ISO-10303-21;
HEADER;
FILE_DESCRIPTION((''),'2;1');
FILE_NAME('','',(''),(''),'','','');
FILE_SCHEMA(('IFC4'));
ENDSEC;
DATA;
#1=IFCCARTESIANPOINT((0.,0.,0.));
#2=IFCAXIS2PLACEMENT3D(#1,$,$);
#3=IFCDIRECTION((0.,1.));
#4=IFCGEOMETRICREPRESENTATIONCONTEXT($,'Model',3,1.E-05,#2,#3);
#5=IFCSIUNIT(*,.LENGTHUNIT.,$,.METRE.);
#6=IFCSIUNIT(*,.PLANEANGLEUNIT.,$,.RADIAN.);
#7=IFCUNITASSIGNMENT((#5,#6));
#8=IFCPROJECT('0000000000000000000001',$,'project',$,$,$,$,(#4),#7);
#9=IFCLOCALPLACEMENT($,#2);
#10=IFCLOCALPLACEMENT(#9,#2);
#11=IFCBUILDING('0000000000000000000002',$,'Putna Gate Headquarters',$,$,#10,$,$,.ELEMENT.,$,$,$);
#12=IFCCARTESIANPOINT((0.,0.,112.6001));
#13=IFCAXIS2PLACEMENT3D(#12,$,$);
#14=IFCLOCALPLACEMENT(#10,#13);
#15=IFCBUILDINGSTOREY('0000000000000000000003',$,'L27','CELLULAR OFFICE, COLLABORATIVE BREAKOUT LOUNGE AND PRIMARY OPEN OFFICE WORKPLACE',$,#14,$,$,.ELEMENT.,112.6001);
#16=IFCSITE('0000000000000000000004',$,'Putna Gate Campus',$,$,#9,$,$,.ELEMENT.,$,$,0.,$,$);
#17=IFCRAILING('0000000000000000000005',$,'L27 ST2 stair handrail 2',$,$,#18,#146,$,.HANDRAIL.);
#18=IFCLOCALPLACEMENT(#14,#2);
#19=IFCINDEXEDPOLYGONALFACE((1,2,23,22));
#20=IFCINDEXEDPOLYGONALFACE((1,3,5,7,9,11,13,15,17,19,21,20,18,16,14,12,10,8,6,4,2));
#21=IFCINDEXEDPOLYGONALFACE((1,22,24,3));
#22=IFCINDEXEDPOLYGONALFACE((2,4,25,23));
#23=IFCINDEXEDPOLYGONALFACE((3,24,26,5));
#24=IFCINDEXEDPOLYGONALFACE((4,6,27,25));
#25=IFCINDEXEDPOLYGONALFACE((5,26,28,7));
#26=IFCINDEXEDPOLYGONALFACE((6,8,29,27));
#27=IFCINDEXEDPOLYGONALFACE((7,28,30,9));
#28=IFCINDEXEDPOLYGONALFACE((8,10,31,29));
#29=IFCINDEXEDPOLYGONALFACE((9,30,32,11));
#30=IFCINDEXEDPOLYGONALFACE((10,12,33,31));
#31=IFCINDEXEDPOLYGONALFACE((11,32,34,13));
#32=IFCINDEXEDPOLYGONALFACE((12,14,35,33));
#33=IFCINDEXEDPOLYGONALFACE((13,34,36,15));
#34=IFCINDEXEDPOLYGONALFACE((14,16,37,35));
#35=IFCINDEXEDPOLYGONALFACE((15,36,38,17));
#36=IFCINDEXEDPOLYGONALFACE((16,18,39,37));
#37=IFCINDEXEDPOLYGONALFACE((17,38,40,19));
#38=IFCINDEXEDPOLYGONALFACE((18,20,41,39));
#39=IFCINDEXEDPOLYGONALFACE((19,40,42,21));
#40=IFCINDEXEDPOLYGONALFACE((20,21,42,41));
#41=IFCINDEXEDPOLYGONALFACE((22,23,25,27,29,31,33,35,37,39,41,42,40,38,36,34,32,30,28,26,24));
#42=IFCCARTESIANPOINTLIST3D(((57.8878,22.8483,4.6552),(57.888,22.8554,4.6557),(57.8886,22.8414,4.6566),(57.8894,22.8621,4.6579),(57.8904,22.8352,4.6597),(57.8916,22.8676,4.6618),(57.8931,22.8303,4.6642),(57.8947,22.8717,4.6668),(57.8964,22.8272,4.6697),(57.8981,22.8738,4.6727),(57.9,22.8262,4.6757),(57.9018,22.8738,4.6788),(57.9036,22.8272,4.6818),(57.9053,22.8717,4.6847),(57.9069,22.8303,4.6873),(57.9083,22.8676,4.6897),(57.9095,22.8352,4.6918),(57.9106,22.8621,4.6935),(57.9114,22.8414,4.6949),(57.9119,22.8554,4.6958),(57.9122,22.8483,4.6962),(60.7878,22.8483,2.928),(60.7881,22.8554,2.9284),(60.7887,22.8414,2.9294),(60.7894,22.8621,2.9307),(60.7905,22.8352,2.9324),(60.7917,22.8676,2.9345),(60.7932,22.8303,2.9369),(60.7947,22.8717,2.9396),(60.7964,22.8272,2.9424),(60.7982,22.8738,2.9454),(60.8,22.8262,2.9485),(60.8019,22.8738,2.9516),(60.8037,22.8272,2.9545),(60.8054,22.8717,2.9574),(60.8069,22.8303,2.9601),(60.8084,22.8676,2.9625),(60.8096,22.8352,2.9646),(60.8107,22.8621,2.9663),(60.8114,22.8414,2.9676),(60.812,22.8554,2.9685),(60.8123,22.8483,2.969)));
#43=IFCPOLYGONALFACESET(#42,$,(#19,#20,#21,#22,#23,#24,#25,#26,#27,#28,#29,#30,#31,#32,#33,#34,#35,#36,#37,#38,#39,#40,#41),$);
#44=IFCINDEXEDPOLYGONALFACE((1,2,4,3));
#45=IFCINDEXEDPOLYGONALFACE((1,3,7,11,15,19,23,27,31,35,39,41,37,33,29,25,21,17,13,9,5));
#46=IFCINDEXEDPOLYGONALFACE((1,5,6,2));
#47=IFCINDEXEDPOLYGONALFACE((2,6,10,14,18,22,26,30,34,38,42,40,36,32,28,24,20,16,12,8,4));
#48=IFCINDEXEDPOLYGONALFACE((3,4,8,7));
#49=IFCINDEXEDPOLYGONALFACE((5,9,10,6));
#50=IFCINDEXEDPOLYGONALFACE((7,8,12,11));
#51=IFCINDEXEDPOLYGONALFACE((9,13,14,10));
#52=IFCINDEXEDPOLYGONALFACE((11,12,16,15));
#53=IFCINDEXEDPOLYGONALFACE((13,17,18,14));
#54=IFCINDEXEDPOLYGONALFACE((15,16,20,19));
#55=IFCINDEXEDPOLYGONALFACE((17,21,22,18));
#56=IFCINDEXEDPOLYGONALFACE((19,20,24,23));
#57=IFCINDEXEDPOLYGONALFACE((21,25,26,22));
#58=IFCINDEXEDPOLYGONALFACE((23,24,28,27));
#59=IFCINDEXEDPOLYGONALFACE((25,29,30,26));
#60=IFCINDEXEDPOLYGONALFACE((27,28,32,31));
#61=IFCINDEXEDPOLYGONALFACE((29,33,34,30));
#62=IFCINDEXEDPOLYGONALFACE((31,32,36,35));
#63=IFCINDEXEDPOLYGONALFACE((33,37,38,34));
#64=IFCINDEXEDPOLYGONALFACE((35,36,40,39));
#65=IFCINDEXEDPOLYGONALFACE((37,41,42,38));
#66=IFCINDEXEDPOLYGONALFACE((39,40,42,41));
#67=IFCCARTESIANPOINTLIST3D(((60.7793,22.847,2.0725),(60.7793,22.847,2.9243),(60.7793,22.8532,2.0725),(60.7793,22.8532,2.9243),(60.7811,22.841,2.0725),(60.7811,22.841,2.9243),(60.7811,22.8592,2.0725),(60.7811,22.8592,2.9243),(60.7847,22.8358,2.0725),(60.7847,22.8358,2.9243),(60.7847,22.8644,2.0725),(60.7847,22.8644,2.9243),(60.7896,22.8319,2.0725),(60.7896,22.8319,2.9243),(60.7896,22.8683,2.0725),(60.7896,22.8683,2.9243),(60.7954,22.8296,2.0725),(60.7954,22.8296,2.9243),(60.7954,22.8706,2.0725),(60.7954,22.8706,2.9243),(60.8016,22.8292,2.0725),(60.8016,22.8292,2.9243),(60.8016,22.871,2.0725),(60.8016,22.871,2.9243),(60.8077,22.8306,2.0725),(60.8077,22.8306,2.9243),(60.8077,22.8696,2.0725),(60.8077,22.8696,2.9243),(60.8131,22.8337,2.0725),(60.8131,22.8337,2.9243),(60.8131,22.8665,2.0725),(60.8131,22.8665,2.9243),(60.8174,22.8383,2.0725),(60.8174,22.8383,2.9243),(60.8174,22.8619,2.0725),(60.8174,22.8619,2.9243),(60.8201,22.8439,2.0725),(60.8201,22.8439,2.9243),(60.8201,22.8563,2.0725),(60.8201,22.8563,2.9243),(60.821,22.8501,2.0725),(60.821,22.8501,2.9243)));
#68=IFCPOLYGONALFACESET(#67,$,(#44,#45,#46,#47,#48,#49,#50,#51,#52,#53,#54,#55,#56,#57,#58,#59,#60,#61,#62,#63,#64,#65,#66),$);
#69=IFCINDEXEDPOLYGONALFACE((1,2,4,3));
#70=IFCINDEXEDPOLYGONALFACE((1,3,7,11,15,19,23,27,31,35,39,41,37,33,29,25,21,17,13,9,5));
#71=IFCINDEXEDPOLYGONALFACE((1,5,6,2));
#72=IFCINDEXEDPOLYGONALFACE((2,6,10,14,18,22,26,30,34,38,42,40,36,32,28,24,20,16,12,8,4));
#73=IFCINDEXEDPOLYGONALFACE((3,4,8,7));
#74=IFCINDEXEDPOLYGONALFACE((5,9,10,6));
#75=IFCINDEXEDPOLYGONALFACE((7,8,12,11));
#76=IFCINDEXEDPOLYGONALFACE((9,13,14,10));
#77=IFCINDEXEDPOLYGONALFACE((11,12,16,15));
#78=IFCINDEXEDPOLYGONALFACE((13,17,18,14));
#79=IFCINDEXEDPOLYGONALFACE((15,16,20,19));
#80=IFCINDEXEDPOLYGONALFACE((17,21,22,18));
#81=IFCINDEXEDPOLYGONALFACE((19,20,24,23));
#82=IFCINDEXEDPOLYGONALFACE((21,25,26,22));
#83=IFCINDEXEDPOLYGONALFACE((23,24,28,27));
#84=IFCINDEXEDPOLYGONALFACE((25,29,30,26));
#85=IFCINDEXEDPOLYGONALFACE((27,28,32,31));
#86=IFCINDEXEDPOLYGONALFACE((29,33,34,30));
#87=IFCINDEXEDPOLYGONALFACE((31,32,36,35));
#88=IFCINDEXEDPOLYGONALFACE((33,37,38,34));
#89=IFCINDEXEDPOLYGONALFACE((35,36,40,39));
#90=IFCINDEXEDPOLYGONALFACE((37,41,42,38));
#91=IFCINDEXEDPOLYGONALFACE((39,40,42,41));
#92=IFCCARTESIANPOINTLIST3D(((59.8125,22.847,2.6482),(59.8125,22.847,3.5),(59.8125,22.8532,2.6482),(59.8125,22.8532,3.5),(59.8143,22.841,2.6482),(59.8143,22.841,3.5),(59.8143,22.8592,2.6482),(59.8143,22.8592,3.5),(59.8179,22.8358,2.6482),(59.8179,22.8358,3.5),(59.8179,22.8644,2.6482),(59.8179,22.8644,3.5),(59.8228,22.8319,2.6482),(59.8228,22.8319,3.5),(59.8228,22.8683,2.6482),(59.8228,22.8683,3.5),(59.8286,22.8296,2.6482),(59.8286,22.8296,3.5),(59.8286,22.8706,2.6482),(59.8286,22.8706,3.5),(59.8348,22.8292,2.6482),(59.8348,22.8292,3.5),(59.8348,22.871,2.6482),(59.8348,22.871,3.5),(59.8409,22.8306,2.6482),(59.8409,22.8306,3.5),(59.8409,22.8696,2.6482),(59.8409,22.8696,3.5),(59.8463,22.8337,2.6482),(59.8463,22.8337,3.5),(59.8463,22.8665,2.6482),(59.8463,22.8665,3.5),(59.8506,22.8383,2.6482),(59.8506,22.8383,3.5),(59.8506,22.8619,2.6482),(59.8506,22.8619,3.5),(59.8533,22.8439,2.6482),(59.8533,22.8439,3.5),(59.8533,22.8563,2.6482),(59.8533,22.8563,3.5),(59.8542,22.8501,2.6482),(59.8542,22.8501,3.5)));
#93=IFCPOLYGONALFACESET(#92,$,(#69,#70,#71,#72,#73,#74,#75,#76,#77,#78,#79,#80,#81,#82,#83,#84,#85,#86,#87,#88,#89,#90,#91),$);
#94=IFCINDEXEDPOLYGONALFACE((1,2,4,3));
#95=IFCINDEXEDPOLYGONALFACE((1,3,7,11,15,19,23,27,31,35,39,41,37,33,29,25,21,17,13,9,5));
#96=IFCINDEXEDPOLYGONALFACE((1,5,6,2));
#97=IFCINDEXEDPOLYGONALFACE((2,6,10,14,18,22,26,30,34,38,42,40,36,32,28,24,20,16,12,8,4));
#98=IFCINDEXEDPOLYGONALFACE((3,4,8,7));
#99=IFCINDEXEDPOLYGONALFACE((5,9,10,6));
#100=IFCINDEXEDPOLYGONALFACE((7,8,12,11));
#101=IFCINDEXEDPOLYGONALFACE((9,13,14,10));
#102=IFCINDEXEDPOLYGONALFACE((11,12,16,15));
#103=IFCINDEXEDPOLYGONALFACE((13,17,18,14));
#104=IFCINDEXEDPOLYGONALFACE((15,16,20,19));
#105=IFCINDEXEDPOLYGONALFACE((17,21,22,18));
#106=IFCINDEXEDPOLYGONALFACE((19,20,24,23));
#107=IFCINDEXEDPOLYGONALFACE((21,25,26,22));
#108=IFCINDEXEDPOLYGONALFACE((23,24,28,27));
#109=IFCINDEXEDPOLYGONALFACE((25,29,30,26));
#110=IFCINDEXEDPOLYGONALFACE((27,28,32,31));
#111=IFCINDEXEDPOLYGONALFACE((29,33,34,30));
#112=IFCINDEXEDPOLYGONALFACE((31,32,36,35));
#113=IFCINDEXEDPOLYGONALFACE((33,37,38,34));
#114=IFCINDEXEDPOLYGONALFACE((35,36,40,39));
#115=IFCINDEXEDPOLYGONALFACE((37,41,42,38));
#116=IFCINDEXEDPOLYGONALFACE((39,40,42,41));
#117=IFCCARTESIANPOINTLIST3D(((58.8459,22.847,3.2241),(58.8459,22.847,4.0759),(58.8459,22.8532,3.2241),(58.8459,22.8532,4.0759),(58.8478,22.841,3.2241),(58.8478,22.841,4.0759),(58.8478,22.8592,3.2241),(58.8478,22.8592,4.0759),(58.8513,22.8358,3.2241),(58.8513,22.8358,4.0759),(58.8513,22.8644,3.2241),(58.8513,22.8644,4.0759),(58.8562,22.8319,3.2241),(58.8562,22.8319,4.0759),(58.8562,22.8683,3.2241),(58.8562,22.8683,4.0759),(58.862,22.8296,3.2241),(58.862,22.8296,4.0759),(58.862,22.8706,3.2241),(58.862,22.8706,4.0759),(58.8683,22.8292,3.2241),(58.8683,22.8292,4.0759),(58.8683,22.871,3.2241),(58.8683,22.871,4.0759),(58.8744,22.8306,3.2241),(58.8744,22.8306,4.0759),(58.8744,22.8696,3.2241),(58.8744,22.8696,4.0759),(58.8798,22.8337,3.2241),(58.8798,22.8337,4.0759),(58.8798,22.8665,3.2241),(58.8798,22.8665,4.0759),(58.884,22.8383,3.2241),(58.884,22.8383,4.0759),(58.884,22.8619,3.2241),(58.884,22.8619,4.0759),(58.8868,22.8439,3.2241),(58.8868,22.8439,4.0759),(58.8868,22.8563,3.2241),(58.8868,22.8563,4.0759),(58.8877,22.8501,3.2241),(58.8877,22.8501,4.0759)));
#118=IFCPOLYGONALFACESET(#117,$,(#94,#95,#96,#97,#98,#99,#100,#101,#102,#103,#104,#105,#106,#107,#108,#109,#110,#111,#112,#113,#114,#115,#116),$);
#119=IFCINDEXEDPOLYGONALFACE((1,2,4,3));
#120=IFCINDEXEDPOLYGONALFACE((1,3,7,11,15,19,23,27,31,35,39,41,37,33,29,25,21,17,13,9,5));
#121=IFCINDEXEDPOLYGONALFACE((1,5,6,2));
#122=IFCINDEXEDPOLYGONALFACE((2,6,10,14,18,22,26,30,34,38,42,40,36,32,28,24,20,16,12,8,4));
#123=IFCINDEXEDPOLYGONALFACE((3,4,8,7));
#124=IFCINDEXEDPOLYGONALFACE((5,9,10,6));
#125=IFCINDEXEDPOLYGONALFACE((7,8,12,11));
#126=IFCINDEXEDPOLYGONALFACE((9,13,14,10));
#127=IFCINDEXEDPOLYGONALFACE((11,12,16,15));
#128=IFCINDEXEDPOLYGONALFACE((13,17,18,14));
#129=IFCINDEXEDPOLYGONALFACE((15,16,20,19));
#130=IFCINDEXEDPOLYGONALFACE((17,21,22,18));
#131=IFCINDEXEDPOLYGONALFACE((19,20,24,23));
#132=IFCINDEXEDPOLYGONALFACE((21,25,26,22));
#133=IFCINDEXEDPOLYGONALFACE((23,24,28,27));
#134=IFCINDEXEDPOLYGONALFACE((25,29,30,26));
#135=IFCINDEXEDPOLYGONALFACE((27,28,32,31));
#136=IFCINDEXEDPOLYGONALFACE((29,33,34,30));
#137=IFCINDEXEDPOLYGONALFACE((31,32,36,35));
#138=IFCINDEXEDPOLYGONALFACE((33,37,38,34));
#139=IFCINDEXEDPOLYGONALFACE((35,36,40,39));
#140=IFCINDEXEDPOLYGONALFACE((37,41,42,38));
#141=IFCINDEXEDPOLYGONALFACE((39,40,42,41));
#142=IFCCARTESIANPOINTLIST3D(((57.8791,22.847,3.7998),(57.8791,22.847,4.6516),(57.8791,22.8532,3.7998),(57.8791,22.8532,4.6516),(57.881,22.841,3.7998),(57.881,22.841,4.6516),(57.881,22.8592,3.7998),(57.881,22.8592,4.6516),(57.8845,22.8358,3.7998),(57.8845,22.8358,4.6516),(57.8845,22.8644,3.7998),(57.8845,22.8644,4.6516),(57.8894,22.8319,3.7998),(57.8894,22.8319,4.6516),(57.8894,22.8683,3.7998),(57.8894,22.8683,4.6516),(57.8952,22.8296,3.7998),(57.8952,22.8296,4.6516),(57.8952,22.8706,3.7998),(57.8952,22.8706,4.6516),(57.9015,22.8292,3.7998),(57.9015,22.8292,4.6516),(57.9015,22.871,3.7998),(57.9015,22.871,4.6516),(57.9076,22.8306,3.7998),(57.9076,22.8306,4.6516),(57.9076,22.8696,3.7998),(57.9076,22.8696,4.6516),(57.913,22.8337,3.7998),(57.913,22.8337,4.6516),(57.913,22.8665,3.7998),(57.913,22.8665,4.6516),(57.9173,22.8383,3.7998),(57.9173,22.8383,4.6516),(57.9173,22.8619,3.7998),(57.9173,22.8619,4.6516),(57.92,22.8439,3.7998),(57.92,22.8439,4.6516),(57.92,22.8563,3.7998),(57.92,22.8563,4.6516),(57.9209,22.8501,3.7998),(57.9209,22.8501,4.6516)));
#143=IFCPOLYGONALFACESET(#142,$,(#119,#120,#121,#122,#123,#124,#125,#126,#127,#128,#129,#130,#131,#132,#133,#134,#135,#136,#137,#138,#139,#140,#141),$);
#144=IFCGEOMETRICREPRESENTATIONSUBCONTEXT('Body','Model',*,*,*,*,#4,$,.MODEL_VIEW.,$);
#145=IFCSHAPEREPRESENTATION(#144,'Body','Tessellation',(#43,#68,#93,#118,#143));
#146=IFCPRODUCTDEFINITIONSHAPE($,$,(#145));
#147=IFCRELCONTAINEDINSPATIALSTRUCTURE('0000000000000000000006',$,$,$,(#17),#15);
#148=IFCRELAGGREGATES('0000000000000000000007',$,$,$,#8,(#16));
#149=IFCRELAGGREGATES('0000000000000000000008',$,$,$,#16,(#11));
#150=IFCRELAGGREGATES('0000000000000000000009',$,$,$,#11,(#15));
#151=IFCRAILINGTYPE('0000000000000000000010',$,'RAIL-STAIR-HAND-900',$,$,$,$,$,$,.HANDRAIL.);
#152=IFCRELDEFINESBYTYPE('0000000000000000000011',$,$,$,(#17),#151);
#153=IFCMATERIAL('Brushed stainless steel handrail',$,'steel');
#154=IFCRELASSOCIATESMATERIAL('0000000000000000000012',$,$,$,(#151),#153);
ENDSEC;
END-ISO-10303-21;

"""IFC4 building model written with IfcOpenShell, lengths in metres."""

from ifc_helpers import new_model, si_unit, direction, frame, origin, origin_2d, place, context, subcontext, project, spatial, circle, extrude, material, type_object, element, save


model = new_model("IFC4")

# Units and contexts
model_context = context("Model", 3, precision=1e-05, world=origin(), true_north=direction((0.0, 1.0)))
body_context = subcontext(model_context, "Body", "Model", "MODEL_VIEW")
ifc_project = project(units=[si_unit("LENGTHUNIT", "METRE"), si_unit("PLANEANGLEUNIT", "RADIAN")], contexts=[model_context])

# Site, building, storey
site_placement = place(None, origin())
site = spatial("IfcSite", under=ifc_project, at=site_placement, Name="Putna Gate Campus", CompositionType="ELEMENT", RefElevation=0.0)
building_placement = place(site_placement, origin())
building = spatial("IfcBuilding", under=site, at=building_placement, Name="Putna Gate Headquarters", CompositionType="ELEMENT")
storey_placement = place(building_placement, frame((0.0, 0.0, 112.6001)))
storey = spatial("IfcBuildingStorey", under=building, at=storey_placement, Name="L27", Description="CELLULAR OFFICE, COLLABORATIVE BREAKOUT LOUNGE AND PRIMARY OPEN OFFICE WORKPLACE", CompositionType="ELEMENT", Elevation=112.6001)

# Railing
ifc_material_1 = material(Name="Brushed stainless steel handrail", Category="steel")
railing_type_1 = type_object("IfcRailingType", Name="RAIL-STAIR-HAND-900", PredefinedType="HANDRAIL", material=ifc_material_1)
railing_1_placement = place(storey_placement, frame((60.8, 22.8501, 2.0725)))
element("IfcRailing", 1, at=railing_1_placement, inside=storey, type_object=railing_type_1, Name="L27 ST2 stair handrail 2", PredefinedType="HANDRAIL", context=body_context, shape_type="SweptSolid", body=[
    extrude(circle(Radius=0.0239, at=origin_2d()), frame((0.0, 0.0, 0.876), z_axis=(-0.85916, 0.0, 0.511706), x_axis=(0.0, -1.0, 0.0)), (0.0, 0.0, 1.0), 3.3755),
    extrude(circle(Radius=0.021, at=origin_2d()), origin(), (0.0, 0.0, 1.0), 0.8518),
    extrude(circle(Radius=0.021, at=origin_2d()), frame((-0.9668, 0.0, 0.5757)), (0.0, 0.0, 1.0), 0.8518),
    extrude(circle(Radius=0.021, at=origin_2d()), frame((-1.9333, 0.0, 1.1516)), (0.0, 0.0, 1.0), 0.8518),
    extrude(circle(Radius=0.021, at=origin_2d()), frame((-2.9001, 0.0, 1.7273)), (0.0, 0.0, 1.0), 0.8518),
])

save(model, "model.ifc")
